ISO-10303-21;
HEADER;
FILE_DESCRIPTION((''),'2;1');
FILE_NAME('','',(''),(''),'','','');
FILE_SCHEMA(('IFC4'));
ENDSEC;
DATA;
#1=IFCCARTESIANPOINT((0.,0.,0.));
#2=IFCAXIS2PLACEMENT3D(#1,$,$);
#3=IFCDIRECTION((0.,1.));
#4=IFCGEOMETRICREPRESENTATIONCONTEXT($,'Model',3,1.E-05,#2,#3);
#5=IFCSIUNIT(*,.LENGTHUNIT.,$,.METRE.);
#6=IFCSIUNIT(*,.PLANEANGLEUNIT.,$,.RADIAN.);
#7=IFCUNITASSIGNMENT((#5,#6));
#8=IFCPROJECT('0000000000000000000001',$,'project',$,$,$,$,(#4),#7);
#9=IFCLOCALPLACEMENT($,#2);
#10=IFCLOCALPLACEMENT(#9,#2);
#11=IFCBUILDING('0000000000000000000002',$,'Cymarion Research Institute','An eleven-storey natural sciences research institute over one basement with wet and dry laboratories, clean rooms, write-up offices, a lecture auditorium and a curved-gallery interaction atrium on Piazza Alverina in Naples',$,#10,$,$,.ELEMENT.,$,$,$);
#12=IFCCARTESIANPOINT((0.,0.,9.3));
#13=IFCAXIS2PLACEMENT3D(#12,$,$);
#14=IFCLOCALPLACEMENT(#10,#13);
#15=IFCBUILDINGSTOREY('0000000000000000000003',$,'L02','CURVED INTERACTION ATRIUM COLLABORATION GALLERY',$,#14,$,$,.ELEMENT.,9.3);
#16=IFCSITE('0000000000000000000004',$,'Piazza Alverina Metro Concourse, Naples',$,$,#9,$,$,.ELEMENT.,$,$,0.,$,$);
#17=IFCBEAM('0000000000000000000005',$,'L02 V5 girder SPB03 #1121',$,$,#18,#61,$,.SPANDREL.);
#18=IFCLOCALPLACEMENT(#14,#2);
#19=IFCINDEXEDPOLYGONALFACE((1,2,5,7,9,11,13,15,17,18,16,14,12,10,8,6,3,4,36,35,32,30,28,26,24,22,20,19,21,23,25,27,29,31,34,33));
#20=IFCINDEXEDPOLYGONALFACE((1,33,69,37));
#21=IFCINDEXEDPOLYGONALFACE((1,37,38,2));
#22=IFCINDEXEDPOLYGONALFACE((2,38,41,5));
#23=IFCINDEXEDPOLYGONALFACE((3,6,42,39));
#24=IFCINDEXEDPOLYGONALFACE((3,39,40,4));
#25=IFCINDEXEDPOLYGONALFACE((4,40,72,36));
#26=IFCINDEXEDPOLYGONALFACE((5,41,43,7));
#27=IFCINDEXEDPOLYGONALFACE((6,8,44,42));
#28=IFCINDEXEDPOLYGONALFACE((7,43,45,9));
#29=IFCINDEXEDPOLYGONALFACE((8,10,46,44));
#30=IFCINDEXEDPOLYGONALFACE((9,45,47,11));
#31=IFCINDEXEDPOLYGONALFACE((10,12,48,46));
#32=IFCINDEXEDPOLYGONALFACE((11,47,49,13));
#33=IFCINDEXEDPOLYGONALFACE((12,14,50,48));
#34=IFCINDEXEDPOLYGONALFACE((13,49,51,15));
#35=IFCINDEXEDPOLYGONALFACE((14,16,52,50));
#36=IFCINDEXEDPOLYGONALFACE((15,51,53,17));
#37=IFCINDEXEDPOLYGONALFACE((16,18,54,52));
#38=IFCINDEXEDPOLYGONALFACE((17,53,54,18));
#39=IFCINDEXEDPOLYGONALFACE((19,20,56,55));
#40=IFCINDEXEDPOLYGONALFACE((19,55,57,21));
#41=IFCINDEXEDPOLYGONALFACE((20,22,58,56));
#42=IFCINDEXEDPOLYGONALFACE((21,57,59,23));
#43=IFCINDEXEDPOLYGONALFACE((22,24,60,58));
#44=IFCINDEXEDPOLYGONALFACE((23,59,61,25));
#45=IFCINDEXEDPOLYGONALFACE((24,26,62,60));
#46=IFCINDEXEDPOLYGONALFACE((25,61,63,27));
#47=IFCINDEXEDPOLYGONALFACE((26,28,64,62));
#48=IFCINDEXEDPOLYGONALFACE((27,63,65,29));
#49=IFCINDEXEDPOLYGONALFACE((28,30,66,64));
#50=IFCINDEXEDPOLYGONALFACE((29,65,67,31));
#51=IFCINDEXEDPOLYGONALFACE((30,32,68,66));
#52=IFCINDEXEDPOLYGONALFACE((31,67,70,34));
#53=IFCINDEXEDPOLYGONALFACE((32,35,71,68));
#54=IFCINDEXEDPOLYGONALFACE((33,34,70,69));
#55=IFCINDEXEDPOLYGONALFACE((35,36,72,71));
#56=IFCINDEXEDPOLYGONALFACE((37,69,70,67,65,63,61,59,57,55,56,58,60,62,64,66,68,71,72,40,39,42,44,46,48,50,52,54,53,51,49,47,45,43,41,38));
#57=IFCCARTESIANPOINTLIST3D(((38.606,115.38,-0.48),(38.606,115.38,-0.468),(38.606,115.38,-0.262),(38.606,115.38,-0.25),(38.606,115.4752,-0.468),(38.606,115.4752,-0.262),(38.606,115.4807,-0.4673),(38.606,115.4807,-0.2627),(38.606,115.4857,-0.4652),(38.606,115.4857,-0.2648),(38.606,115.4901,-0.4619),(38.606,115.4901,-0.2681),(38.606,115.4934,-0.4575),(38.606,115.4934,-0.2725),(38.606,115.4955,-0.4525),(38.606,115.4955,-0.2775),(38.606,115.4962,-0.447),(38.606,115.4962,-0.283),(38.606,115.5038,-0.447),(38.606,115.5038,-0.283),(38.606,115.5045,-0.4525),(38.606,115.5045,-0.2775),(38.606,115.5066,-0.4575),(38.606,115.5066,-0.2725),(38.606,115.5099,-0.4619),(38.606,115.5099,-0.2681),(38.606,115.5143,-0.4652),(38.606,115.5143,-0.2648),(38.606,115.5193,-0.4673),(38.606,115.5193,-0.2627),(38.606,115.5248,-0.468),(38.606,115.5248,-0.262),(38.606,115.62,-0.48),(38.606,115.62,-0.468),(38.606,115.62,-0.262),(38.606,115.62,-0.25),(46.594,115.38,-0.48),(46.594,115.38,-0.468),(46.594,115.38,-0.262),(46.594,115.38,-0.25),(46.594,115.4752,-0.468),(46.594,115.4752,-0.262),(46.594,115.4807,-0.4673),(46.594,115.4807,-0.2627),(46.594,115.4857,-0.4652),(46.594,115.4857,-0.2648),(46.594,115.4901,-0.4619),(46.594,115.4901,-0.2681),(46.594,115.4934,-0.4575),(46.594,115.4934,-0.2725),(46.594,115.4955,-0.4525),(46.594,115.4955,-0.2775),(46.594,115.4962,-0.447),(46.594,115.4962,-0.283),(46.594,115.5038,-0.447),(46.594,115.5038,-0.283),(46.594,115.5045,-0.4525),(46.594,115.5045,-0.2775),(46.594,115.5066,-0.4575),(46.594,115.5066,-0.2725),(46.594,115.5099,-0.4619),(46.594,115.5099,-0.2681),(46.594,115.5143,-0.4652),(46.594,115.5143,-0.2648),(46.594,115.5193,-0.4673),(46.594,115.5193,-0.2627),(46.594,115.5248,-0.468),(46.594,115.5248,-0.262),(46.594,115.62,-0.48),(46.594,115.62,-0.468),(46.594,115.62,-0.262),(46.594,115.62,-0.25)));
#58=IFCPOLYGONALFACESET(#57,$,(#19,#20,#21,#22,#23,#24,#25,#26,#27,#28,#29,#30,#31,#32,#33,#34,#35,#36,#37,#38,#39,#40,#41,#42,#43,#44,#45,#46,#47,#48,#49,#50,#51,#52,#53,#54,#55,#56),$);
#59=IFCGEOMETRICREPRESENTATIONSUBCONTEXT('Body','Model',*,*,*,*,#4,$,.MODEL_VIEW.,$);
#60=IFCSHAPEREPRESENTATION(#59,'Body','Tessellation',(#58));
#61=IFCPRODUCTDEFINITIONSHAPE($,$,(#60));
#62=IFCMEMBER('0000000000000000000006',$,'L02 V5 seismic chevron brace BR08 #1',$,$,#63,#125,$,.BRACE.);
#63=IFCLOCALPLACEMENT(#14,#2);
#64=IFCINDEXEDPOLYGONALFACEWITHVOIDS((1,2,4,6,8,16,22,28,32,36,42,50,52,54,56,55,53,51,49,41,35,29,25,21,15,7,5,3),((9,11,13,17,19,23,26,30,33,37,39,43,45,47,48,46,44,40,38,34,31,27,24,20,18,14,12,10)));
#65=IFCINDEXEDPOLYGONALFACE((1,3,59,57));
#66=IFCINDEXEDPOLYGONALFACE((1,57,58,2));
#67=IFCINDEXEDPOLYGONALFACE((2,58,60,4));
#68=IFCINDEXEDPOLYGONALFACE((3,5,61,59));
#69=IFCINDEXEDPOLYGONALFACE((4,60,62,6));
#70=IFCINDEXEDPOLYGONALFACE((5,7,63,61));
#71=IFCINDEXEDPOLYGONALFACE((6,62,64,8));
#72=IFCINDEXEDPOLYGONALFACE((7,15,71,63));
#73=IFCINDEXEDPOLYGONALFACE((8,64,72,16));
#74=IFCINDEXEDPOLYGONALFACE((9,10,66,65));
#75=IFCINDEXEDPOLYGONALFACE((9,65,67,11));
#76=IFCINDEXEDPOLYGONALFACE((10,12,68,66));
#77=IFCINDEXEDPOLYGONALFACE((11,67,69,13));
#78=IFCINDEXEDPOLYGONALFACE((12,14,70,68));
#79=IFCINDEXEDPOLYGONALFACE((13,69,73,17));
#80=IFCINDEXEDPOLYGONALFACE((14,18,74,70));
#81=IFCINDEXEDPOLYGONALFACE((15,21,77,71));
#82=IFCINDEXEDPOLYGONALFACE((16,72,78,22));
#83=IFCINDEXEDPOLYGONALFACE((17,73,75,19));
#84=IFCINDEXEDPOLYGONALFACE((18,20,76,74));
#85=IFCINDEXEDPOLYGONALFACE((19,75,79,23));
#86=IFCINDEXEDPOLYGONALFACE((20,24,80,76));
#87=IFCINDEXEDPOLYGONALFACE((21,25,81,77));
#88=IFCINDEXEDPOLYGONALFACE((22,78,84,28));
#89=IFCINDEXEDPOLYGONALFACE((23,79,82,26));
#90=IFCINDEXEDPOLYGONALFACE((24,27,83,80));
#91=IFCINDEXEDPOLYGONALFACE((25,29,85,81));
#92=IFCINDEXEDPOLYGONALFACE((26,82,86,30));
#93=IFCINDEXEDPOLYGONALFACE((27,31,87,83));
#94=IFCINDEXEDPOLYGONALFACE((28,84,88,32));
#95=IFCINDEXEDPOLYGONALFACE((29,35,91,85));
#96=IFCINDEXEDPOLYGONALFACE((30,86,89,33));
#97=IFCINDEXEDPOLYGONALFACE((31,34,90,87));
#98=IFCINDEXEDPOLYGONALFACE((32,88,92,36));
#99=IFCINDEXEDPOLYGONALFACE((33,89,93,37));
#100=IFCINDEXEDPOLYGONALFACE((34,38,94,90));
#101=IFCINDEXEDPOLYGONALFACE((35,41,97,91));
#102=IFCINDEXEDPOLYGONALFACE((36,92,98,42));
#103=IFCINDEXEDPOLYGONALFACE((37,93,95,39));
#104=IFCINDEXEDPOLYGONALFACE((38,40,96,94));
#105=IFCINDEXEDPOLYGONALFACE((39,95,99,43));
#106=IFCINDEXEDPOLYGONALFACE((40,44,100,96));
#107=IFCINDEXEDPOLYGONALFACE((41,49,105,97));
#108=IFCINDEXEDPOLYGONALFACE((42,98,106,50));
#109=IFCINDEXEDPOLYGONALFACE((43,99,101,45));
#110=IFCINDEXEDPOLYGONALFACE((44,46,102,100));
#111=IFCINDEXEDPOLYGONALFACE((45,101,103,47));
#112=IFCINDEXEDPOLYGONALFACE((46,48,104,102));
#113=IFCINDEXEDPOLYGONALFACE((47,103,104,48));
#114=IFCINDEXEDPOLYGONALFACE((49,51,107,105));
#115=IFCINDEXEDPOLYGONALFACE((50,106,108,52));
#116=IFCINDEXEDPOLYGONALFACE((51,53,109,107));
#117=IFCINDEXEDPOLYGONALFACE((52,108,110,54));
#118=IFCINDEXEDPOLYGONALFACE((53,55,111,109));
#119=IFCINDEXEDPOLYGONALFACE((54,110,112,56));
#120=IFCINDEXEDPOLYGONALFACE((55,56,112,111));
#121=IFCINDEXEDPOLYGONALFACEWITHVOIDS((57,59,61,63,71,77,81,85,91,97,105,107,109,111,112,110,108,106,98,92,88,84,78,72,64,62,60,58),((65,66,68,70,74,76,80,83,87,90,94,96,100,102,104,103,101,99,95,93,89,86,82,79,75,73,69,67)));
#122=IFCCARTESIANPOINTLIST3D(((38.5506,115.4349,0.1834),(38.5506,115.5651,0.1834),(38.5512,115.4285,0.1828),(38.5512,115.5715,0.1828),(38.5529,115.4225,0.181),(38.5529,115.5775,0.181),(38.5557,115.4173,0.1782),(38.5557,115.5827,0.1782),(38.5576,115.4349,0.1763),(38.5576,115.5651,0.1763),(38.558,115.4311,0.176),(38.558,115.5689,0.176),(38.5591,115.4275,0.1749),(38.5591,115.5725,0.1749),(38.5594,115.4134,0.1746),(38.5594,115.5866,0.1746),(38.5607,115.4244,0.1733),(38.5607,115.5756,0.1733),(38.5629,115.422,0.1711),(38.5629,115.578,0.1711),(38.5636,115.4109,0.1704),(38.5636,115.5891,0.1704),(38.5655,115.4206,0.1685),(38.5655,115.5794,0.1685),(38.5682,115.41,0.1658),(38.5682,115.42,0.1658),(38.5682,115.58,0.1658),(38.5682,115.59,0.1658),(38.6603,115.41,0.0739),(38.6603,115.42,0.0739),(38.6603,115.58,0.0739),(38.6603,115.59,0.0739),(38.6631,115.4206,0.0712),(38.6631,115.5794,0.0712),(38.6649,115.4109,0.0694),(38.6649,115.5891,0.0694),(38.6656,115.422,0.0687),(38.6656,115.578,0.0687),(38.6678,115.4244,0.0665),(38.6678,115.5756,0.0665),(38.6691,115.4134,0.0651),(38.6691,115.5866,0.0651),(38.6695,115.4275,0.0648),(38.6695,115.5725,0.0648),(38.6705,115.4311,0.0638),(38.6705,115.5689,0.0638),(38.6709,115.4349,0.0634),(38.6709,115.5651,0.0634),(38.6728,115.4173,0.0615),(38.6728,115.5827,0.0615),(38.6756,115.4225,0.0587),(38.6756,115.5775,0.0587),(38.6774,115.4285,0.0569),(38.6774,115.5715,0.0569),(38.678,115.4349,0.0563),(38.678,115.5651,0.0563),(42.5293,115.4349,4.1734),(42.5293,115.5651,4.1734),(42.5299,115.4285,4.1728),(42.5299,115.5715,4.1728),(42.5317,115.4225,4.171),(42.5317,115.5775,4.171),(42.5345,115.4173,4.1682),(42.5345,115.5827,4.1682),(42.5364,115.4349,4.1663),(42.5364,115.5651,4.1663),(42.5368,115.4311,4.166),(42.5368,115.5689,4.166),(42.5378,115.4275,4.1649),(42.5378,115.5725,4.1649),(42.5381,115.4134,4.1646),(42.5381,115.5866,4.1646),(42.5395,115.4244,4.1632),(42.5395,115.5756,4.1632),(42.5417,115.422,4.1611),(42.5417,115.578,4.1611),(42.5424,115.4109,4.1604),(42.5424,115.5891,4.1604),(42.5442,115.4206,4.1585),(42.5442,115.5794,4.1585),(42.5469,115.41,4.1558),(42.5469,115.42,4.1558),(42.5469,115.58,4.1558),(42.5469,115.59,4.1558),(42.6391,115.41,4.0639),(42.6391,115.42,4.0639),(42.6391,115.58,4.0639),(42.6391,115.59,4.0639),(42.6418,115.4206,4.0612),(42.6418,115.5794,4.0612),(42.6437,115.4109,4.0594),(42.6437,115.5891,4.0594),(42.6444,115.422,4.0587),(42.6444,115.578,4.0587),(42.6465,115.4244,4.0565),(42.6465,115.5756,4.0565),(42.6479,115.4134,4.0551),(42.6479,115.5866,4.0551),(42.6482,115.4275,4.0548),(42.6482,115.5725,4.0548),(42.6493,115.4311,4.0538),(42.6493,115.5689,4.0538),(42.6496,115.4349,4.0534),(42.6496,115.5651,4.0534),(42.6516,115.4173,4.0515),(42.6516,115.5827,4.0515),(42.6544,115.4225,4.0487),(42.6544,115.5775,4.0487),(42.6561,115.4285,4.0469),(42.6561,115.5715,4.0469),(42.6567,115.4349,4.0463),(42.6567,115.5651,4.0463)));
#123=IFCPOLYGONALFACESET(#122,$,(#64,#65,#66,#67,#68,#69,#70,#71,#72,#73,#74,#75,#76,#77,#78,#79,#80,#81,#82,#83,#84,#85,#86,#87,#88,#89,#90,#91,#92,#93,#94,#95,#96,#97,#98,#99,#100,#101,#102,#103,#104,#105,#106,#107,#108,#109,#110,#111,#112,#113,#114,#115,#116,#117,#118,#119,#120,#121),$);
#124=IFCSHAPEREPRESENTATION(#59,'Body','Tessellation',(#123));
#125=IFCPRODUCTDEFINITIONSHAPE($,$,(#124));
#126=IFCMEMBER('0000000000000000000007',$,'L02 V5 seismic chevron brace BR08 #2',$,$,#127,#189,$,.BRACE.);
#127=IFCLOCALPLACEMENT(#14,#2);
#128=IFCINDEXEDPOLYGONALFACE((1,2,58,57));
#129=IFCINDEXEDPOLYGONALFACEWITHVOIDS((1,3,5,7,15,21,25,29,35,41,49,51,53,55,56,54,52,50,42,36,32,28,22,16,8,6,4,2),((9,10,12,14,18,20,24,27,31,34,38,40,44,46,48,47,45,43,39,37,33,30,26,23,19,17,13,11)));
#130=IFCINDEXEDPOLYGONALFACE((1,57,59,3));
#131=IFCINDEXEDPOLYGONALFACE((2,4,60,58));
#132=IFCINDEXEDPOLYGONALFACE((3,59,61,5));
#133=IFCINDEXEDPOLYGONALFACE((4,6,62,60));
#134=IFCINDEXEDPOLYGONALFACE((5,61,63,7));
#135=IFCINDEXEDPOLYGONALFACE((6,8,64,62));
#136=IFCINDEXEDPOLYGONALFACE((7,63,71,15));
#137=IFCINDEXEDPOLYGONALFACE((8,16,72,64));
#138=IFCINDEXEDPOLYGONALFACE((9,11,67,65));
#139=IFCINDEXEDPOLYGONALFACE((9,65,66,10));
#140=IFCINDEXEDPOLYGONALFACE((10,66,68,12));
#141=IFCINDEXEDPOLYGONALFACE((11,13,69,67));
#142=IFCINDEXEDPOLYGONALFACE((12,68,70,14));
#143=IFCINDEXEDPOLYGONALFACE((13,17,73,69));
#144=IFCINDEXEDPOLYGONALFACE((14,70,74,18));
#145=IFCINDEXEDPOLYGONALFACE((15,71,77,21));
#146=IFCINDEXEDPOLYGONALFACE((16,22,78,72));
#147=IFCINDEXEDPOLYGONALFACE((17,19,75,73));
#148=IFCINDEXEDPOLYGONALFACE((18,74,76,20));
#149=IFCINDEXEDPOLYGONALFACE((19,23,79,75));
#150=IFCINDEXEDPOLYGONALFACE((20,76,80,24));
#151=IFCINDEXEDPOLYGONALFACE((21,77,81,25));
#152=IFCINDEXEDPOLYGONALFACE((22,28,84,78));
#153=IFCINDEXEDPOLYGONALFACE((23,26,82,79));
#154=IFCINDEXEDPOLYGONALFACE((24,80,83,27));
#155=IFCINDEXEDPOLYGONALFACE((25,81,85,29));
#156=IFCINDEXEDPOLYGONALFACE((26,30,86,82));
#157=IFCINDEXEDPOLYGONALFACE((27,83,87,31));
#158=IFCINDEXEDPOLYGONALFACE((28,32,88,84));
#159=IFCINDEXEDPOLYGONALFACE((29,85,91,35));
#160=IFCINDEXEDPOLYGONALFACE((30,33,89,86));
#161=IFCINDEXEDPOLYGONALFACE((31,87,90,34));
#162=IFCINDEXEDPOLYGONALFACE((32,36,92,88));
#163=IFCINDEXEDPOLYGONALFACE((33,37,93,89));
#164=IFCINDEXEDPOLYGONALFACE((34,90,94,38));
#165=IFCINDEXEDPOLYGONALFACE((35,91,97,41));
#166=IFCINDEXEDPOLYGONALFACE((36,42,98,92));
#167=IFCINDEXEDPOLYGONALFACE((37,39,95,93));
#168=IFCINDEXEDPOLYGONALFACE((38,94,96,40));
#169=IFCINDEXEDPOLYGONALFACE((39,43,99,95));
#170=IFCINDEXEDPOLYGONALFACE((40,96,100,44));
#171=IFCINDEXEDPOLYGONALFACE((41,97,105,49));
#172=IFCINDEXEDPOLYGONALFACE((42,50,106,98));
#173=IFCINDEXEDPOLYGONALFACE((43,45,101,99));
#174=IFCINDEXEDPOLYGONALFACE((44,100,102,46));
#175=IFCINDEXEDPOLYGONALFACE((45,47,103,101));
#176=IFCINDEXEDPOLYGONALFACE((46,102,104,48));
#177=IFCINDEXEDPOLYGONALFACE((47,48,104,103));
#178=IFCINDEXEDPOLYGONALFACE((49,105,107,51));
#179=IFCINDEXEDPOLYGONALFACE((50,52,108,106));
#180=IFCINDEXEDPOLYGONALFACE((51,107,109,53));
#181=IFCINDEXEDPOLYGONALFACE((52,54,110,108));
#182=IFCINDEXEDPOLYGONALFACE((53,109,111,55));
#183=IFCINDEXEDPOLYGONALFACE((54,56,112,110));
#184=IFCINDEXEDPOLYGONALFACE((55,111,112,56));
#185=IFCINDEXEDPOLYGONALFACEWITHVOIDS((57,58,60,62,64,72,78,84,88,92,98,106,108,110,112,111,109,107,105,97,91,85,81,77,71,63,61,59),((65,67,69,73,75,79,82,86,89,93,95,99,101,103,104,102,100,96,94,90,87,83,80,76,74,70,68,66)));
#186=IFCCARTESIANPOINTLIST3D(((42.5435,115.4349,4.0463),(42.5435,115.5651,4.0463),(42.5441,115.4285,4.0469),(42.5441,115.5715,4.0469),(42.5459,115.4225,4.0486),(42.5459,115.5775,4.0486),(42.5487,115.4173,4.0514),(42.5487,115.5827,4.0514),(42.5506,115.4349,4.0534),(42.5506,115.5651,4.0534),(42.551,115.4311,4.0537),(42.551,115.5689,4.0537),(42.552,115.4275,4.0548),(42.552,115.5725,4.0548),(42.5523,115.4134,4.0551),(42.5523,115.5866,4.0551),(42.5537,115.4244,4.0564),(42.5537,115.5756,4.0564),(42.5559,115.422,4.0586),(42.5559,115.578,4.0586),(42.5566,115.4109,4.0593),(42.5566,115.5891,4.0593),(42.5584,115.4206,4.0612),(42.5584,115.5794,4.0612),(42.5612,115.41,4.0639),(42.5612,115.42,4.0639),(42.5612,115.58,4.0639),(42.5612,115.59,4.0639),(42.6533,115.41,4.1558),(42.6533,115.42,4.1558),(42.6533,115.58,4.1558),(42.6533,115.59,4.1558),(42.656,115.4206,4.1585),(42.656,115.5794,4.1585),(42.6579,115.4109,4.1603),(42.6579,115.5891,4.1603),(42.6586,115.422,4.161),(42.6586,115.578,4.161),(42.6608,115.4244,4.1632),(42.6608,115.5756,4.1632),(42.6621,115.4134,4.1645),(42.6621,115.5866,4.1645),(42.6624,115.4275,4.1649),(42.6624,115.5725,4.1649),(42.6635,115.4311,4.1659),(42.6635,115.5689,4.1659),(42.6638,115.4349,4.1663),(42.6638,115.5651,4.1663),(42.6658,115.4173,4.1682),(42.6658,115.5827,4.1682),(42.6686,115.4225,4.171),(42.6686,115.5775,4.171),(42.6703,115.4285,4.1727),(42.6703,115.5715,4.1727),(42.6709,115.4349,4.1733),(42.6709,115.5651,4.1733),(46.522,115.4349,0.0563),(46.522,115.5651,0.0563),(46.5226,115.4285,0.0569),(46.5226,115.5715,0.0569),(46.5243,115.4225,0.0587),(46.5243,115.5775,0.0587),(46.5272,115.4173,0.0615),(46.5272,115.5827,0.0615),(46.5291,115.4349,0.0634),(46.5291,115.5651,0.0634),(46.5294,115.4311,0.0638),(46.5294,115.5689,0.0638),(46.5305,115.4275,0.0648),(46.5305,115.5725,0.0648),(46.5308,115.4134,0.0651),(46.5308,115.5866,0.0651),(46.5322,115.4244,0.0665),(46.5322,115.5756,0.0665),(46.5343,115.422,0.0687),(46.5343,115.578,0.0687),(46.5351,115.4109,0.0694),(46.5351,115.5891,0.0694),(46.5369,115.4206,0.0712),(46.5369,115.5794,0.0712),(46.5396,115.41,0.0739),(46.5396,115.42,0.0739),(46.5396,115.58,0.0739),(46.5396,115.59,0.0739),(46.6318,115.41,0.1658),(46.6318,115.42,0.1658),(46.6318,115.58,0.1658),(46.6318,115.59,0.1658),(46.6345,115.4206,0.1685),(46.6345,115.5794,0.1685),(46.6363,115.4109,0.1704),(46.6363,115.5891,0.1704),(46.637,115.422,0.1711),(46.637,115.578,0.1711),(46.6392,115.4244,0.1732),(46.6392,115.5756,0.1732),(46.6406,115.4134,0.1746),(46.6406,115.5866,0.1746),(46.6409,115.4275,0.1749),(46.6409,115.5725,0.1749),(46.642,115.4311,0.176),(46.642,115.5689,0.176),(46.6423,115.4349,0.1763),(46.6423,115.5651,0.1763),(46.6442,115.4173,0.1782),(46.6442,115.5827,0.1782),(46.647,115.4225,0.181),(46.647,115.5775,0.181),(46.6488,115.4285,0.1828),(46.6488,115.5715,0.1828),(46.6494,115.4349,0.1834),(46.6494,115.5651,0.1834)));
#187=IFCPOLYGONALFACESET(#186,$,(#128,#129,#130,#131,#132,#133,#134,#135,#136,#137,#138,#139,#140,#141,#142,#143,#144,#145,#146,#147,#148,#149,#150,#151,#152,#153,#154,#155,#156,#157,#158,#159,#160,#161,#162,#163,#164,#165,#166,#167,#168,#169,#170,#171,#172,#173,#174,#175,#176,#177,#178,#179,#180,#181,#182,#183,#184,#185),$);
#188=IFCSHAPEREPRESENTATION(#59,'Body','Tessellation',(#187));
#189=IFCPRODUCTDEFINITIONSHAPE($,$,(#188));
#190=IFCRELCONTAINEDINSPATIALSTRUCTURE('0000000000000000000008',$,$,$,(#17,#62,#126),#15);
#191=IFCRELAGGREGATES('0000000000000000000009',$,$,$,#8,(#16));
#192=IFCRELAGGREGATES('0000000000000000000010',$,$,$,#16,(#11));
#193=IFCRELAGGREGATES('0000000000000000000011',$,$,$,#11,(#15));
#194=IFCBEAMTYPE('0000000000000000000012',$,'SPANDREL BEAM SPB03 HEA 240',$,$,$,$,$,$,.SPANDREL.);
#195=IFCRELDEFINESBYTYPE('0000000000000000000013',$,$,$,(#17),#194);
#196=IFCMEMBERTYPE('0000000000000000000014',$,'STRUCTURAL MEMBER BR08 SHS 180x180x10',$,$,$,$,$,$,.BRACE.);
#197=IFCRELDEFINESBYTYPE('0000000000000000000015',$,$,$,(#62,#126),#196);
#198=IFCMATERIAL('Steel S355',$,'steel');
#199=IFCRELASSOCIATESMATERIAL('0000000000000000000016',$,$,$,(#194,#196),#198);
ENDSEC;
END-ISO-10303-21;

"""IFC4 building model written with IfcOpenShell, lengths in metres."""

from ifc_helpers import new_model, si_unit, direction, frame, origin, origin_2d, place, context, subcontext, project, spatial, hollow_rectangle, i_section, extrude, material, material_profile, profile_set, type_object, element, save


model = new_model("IFC4")

# Units and contexts
model_context = context("Model", 3, precision=1e-05, world=origin(), true_north=direction((0.0, 1.0)))
body_context = subcontext(model_context, "Body", "Model", "MODEL_VIEW")
ifc_project = project(units=[si_unit("LENGTHUNIT", "METRE"), si_unit("PLANEANGLEUNIT", "RADIAN")], contexts=[model_context])

# Site, building, storey
site_placement = place(None, origin())
site = spatial("IfcSite", under=ifc_project, at=site_placement, Name="Piazza Alverina Metro Concourse, Naples", CompositionType="ELEMENT", RefElevation=0.0)
building_placement = place(site_placement, origin())
building = spatial("IfcBuilding", under=site, at=building_placement, Name="Cymarion Research Institute", Description="An eleven-storey natural sciences research institute over one basement with wet and dry laboratories, clean rooms, write-up offices, a lecture auditorium and a curved-gallery interaction atrium on Piazza Alverina in Naples", CompositionType="ELEMENT")
storey_placement = place(building_placement, frame((0.0, 0.0, 9.3)))
storey = spatial("IfcBuildingStorey", under=building, at=storey_placement, Name="L02", Description="CURVED INTERACTION ATRIUM COLLABORATION GALLERY", CompositionType="ELEMENT", Elevation=9.3)

# Shared definitions
ifc_material_1 = material(Name="Steel S355", Category="steel")

# Beam
ifc_material_profile_1 = material_profile(ifc_material_1, i_section(OverallWidth=0.24, OverallDepth=0.23, WebThickness=0.0076, FlangeThickness=0.012, FilletRadius=0.021, at=origin_2d()), Name="HEA 240")
ifc_profile_set_1 = profile_set([ifc_material_profile_1], Name="Steel S355")
beam_type = type_object("IfcBeamType", Name="SPANDREL BEAM SPB03 HEA 240", PredefinedType="SPANDREL", material=ifc_profile_set_1)
beam_placement = place(storey_placement, frame((38.606, 115.5, -0.365), z_axis=(1.0, 0.0, 0.0), x_axis=(0.0, 1.0, 0.0)))
element("IfcBeam", 1, at=beam_placement, inside=storey, type_object=beam_type, Name="L02 V5 girder SPB03 #1121", PredefinedType="SPANDREL", context=body_context, shape_type="SweptSolid", body=[
    extrude(i_section(OverallWidth=0.24, OverallDepth=0.23, WebThickness=0.0076, FlangeThickness=0.012, FilletRadius=0.021, at=origin_2d()), origin(), (0.0, 0.0, 1.0), 7.988),
])

# Members
ifc_material_profile_2 = material_profile(ifc_material_1, hollow_rectangle(XDim=0.1799, YDim=0.1799, WallThickness=0.01, InnerFilletRadius=0.0149, OuterFilletRadius=0.0249, at=origin_2d()), Name="SHS 180x180x10")
ifc_profile_set_2 = profile_set([ifc_material_profile_2], Name="Steel S355")
member_type_1 = type_object("IfcMemberType", Name="STRUCTURAL MEMBER BR08 SHS 180x180x10", PredefinedType="BRACE", material=ifc_profile_set_2)
member_1_placement = place(storey_placement, frame((38.6143, 115.5, 0.1199), z_axis=(0.70611, 0.0, 0.708103), x_axis=(0.0, 1.0, 0.0)))
element("IfcMember", 2, at=member_1_placement, inside=storey, type_object=member_type_1, Name="L02 V5 seismic chevron brace BR08 #1", PredefinedType="BRACE", context=body_context, shape_type="SweptSolid", body=[
    extrude(hollow_rectangle(XDim=0.1799, YDim=0.1799, WallThickness=0.01, InnerFilletRadius=0.0149, OuterFilletRadius=0.0249, at=origin_2d()), origin(), (0.0, 0.0, 1.0), 5.6348),
])
member_2_placement = place(storey_placement, frame((46.5857, 115.5, 0.1199), z_axis=(-0.706088, 0.0, 0.708124), x_axis=(0.0, -1.0, 0.0)))
element("IfcMember", 3, at=member_2_placement, inside=storey, type_object=member_type_1, Name="L02 V5 seismic chevron brace BR08 #2", PredefinedType="BRACE", context=body_context, shape_type="SweptSolid", body=[
    extrude(hollow_rectangle(XDim=0.1799, YDim=0.1799, WallThickness=0.01, InnerFilletRadius=0.0149, OuterFilletRadius=0.0249, at=origin_2d()), origin(), (0.0, 0.0, 1.0), 5.6345),
])

save(model, "model.ifc")
